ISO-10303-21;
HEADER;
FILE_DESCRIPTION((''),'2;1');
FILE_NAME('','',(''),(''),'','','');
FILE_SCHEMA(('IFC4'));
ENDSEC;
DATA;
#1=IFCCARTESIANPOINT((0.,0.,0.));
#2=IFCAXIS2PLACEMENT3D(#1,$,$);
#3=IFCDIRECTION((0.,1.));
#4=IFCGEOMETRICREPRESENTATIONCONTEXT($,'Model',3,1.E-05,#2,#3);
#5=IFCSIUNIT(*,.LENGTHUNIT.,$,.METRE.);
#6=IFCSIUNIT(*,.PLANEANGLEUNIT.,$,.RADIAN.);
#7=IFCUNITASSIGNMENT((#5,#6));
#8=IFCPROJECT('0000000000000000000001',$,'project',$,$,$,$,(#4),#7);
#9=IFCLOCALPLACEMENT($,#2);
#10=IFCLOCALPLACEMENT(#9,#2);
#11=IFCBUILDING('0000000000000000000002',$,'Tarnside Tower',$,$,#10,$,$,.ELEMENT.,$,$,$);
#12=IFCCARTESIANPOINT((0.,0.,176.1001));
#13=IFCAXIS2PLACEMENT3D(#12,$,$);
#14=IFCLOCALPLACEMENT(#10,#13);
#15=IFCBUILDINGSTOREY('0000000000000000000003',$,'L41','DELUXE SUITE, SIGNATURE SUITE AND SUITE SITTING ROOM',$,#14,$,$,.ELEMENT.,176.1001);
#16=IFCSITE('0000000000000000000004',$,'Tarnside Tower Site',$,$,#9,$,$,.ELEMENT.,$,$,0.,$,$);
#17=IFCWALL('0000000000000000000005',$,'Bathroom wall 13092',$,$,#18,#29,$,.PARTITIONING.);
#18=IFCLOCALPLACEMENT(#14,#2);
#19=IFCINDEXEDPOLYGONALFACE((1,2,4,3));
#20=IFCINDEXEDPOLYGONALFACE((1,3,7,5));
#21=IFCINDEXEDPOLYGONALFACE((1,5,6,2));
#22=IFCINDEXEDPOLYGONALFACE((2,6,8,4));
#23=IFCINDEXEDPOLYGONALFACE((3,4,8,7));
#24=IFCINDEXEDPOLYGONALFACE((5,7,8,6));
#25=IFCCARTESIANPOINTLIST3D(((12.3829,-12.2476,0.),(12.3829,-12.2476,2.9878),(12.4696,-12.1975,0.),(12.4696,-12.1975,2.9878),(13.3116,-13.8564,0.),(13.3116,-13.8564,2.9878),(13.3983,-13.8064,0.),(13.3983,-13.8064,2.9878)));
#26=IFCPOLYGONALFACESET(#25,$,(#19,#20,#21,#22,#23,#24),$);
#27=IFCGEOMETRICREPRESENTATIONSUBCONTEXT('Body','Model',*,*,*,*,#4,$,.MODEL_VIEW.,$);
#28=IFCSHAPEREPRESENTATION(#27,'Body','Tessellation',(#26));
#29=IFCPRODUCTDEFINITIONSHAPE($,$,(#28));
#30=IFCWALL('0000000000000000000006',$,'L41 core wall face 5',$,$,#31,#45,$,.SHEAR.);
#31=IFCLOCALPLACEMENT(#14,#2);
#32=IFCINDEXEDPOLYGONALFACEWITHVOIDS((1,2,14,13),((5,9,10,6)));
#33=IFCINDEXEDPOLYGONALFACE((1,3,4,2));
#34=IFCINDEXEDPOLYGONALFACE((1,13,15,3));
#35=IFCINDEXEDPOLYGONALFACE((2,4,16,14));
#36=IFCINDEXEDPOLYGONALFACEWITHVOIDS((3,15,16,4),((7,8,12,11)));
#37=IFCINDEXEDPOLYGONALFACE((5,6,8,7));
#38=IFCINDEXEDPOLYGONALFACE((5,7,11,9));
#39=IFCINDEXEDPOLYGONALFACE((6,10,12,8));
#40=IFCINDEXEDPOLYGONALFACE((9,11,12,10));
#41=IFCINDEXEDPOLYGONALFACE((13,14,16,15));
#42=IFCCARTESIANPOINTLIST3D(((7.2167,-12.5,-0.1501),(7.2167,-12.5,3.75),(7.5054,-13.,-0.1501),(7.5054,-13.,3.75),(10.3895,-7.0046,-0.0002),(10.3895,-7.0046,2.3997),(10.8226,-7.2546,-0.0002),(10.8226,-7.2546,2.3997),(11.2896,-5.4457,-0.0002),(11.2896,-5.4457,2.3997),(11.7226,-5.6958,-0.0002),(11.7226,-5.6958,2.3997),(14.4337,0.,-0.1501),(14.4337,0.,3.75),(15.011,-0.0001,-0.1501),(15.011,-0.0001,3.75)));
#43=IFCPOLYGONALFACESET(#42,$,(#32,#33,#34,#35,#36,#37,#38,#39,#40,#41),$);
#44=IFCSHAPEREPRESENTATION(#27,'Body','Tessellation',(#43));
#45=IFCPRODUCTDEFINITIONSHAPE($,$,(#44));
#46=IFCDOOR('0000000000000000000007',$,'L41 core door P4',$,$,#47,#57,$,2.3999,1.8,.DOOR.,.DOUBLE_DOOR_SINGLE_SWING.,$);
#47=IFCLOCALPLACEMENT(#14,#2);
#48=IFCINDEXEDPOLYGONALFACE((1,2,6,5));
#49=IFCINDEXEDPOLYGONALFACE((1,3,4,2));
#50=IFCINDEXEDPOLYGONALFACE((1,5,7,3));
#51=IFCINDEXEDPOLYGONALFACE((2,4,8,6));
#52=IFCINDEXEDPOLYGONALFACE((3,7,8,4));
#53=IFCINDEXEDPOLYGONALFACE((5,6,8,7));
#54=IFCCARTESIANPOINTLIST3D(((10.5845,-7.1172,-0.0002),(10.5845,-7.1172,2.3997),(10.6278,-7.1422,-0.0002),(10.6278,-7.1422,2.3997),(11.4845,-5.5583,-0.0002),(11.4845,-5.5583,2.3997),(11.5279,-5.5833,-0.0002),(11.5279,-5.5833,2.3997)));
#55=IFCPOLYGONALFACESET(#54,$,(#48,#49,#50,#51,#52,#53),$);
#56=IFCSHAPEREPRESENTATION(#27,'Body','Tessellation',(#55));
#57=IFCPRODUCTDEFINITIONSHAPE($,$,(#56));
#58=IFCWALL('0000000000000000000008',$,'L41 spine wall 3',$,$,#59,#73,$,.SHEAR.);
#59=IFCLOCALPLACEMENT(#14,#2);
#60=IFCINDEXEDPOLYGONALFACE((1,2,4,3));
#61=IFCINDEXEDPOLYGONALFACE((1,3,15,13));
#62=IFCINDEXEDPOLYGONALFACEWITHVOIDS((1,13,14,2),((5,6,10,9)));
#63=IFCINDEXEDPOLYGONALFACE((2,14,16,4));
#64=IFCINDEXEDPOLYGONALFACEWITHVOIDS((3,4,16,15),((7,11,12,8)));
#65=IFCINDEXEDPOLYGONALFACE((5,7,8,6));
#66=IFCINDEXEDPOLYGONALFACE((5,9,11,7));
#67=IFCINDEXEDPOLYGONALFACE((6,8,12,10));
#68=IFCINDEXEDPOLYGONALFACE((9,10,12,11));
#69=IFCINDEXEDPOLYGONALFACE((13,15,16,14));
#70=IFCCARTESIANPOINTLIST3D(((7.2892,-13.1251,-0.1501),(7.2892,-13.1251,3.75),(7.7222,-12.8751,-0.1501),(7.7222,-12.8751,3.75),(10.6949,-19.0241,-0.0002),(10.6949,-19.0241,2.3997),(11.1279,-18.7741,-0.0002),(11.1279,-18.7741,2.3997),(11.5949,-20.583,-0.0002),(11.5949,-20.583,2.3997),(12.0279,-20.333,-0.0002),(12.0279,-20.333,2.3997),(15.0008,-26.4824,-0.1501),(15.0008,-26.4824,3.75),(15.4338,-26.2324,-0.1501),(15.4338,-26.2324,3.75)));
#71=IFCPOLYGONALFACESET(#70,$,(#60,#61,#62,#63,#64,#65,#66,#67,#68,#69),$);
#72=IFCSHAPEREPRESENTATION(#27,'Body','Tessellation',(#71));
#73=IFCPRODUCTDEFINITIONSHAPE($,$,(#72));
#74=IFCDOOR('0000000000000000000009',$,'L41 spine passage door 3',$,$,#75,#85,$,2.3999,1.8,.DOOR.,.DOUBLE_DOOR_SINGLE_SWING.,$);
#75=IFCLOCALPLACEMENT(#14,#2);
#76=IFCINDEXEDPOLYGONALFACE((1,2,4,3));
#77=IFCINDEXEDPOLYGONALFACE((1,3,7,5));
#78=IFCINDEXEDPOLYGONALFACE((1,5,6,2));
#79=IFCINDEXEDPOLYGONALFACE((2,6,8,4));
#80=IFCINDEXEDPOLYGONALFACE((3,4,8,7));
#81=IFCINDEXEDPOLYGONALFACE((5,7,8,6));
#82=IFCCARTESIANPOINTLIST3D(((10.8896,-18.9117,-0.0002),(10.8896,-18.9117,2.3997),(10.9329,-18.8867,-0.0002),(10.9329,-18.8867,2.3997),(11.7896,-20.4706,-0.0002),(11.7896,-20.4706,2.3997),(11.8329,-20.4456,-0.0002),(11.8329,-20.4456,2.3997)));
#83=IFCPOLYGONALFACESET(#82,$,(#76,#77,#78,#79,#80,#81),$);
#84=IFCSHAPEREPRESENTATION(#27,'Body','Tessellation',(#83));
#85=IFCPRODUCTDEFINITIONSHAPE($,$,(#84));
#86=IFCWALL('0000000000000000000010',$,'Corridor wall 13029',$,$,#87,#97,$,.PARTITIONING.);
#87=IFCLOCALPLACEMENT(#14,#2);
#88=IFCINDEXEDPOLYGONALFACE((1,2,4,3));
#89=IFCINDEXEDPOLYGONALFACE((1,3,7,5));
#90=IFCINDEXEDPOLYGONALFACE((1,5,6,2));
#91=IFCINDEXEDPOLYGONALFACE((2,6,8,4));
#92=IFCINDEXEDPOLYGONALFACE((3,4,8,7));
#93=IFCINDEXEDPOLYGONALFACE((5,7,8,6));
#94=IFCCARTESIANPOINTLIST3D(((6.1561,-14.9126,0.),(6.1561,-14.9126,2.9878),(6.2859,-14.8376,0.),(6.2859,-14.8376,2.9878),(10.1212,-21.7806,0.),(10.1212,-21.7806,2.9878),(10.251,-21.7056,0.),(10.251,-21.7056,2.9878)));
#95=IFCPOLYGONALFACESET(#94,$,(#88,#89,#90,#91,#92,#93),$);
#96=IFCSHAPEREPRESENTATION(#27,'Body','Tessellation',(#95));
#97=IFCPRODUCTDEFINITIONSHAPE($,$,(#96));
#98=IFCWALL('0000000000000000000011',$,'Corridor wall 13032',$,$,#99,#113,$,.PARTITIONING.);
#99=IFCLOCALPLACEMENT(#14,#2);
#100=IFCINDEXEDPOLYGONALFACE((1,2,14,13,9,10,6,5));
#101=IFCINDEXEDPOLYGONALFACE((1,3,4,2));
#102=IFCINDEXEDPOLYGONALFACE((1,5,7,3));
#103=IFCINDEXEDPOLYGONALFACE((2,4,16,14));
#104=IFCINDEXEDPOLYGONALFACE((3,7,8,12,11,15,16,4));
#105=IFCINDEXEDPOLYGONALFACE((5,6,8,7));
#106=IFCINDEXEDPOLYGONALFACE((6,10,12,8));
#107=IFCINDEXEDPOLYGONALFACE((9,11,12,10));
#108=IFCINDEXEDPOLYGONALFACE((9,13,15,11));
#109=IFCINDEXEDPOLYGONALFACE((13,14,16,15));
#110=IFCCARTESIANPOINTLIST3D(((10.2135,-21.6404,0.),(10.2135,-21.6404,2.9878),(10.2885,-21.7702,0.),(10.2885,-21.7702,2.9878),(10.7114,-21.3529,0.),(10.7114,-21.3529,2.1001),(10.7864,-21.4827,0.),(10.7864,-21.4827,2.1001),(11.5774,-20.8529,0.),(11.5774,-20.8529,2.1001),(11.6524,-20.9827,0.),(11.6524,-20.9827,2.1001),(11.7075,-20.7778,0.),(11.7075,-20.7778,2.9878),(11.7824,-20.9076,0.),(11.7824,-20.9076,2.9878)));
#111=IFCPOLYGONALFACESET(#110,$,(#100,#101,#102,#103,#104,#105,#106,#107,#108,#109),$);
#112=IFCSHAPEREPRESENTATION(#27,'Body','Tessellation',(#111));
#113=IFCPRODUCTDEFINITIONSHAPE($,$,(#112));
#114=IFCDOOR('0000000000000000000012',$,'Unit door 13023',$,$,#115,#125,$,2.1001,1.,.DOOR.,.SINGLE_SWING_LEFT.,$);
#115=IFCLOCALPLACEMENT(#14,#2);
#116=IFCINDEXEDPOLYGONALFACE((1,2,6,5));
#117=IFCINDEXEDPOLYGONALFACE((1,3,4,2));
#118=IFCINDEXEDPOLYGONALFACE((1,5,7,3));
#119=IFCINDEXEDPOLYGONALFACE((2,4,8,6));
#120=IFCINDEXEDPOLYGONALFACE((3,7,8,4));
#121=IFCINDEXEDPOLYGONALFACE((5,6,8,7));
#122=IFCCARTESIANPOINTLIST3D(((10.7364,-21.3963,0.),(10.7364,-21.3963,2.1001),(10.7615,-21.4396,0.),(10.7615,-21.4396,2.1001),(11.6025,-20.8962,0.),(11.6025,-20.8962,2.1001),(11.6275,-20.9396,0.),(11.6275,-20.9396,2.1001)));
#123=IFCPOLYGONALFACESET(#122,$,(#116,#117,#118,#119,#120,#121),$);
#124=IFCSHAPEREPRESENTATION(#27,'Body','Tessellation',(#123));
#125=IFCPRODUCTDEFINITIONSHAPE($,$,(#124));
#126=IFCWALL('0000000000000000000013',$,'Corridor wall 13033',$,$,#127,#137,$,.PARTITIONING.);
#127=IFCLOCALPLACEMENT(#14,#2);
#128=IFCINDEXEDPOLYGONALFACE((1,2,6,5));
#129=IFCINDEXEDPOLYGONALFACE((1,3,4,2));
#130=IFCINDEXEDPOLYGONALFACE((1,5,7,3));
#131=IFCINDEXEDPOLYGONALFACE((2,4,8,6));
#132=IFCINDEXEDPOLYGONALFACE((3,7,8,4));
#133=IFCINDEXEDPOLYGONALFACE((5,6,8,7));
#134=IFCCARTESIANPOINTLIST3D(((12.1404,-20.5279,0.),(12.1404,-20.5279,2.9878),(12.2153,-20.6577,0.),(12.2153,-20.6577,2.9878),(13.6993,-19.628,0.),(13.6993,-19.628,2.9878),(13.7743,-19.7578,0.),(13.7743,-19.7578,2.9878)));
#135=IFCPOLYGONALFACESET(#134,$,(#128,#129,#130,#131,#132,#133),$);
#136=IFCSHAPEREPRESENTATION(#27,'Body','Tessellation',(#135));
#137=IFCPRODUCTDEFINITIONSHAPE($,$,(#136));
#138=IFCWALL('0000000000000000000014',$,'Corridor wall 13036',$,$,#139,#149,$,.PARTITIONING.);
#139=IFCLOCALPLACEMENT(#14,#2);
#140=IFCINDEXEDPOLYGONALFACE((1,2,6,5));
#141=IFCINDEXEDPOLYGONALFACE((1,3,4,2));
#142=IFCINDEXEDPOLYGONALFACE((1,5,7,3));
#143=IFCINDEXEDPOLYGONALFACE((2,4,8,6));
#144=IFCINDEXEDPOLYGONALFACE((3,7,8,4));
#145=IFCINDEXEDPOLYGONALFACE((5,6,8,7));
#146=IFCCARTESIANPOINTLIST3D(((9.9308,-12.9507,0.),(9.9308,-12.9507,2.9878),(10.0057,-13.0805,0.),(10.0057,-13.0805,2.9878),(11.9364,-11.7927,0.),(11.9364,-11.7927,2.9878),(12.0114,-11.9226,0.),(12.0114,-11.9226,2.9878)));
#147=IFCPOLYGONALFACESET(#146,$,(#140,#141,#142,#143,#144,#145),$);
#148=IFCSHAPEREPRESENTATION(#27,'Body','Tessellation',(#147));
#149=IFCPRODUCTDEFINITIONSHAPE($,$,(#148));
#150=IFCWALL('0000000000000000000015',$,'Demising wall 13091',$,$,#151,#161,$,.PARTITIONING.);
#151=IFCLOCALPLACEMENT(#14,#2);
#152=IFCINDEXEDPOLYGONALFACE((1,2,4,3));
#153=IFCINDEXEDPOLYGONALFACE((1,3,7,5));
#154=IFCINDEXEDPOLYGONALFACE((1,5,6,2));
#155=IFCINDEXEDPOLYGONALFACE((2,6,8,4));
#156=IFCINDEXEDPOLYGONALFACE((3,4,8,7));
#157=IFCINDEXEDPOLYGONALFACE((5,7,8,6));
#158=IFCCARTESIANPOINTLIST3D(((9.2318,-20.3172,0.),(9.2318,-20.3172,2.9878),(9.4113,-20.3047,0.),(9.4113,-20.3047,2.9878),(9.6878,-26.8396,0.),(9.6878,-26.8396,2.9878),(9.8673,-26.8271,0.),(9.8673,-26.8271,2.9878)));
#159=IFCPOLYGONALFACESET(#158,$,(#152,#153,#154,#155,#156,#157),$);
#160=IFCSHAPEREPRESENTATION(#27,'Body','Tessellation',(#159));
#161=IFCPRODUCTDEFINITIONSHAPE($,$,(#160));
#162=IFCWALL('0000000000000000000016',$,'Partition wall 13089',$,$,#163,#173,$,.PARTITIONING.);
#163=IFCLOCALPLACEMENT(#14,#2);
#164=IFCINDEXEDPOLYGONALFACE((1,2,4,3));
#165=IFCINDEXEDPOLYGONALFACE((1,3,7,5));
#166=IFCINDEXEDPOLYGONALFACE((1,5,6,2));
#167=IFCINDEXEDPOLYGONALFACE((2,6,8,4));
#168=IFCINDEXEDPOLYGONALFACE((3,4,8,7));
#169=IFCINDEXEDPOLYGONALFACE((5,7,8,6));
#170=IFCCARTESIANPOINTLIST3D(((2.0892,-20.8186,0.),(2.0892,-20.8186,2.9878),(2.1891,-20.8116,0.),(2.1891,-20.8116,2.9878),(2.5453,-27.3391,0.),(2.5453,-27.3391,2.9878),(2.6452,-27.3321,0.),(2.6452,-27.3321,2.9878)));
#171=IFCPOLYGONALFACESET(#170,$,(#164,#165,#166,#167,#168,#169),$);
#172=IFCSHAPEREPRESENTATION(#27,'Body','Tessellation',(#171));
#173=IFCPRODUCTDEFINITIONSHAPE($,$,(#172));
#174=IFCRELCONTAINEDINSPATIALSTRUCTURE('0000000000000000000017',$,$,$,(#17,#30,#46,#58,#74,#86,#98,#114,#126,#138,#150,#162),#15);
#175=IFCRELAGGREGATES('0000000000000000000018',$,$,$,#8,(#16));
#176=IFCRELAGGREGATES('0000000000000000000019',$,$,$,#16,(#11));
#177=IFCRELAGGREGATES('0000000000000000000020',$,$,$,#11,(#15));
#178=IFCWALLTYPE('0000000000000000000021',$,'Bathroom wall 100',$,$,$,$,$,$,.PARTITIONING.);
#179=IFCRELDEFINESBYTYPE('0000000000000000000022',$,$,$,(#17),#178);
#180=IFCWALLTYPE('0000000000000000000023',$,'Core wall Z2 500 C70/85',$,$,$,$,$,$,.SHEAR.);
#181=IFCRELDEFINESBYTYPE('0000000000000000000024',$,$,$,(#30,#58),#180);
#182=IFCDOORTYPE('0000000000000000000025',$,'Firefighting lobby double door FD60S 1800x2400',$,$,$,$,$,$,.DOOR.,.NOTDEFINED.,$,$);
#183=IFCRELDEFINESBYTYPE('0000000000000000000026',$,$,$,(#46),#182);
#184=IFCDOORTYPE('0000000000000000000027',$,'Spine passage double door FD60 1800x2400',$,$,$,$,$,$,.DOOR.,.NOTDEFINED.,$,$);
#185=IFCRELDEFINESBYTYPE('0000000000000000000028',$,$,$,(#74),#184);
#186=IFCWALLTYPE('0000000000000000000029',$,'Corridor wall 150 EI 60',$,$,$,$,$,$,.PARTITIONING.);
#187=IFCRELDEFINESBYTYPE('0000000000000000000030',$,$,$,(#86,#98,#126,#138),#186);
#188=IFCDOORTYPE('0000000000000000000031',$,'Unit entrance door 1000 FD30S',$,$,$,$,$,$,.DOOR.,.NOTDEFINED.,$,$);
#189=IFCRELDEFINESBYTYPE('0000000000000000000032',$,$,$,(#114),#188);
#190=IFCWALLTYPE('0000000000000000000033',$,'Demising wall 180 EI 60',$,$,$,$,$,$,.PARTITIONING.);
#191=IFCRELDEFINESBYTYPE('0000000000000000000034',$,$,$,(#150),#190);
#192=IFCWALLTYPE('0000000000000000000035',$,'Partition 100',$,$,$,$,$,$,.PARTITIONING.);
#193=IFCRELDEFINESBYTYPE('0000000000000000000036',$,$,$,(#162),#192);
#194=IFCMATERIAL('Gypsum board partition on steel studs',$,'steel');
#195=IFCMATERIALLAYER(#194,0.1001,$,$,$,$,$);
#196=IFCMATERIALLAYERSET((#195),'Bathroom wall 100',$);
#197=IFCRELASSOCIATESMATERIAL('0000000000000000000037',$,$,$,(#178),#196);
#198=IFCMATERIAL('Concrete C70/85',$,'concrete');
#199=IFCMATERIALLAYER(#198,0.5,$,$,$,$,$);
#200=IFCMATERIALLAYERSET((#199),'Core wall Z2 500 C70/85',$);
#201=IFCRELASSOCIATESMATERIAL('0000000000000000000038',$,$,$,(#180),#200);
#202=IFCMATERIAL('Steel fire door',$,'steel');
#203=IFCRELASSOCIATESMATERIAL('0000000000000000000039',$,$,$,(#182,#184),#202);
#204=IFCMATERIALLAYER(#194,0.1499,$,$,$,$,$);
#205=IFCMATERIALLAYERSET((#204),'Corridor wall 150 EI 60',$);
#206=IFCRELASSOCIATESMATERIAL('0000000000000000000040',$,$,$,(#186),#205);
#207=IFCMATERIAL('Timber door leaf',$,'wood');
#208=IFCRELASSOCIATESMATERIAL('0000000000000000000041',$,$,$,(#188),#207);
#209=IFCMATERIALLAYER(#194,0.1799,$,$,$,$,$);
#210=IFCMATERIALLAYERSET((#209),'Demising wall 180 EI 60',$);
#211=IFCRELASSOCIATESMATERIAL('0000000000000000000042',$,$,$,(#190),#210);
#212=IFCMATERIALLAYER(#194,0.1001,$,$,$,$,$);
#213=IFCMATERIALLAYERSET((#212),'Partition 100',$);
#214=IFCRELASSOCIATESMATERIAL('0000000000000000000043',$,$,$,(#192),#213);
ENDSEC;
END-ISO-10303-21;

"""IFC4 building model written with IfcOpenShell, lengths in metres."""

from ifc_helpers import new_model, si_unit, direction, frame, frame_2d, origin, place, context, subcontext, project, spatial, polyline, rectangle, outline, extrude, material, layer, layer_set, type_object, element, fill, save


model = new_model("IFC4")

# Units and contexts
model_context = context("Model", 3, precision=1e-05, world=origin(), true_north=direction((0.0, 1.0)))
body_context = subcontext(model_context, "Body", "Model", "MODEL_VIEW")
ifc_project = project(units=[si_unit("LENGTHUNIT", "METRE"), si_unit("PLANEANGLEUNIT", "RADIAN")], contexts=[model_context])

# Site, building, storey
site_placement = place(None, origin())
site = spatial("IfcSite", under=ifc_project, at=site_placement, Name="Tarnside Tower Site", CompositionType="ELEMENT", RefElevation=0.0)
building_placement = place(site_placement, origin())
building = spatial("IfcBuilding", under=site, at=building_placement, Name="Tarnside Tower", CompositionType="ELEMENT")
storey_placement = place(building_placement, frame((0.0, 0.0, 176.1001)))
storey = spatial("IfcBuildingStorey", under=building, at=storey_placement, Name="L41", Description="DELUXE SUITE, SIGNATURE SUITE AND SUITE SITTING ROOM", CompositionType="ELEMENT", Elevation=176.1001)

# Shared definitions
ifc_material_1 = material(Name="Gypsum board partition on steel studs", Category="steel")
ifc_layer_1 = layer(ifc_material_1, 0.1001)
ifc_layer_set_1 = layer_set([ifc_layer_1], Name="Bathroom wall 100")
wall_type_1 = type_object("IfcWallType", Name="Bathroom wall 100", PredefinedType="PARTITIONING", material=ifc_layer_set_1)
ifc_material_2 = material(Name="Timber door leaf", Category="wood")

# Wall
wall_1_placement = place(storey_placement, frame((12.4263, -12.2227, 0.0), z_axis=(0.0, 0.0, 1.0), x_axis=(0.499927, -0.866067, 0.0)))
element("IfcWall", 1, at=wall_1_placement, inside=storey, type_object=wall_type_1, Name="Bathroom wall 13092", PredefinedType="PARTITIONING", context=body_context, shape_type="SweptSolid", body=[
    extrude(rectangle(XDim=1.8577, YDim=0.1001, at=frame_2d((0.9287, 0.0))), origin(), (0.0, 0.0, 1.0), 2.9878),
])

# Walls, openings, doors
ifc_material_3 = material(Name="Concrete C70/85", Category="concrete")
ifc_layer_2 = layer(ifc_material_3, 0.5)
ifc_layer_set_2 = layer_set([ifc_layer_2], Name="Core wall Z2 500 C70/85")
wall_type_2 = type_object("IfcWallType", Name="Core wall Z2 500 C70/85", PredefinedType="SHEAR", material=ifc_layer_set_2)
wall_2_placement = place(storey_placement, frame((7.3611, -12.75, -0.1501), z_axis=(0.0, 0.0, 1.0), x_axis=(0.500006, 0.866022, 0.0)))
wall_2 = element("IfcWall", 2, at=wall_2_placement, inside=storey, type_object=wall_type_2, Name="L41 core wall face 5", PredefinedType="SHEAR", context=body_context, shape_type="SweptSolid", body=[
    extrude(outline(polyline([(-0.1443, -0.25), (14.8667, -0.25), (14.5781, 0.25), (0.1443, 0.25), (-0.1443, -0.25)])), origin(), (0.0, 0.0, 1.0), 3.9001),
])
opening_1_placement = place(wall_2_placement, frame((6.49, 0.0, 0.1499)))
opening_1 = element("IfcOpeningElement", 3, at=opening_1_placement, cuts=wall_2, PredefinedType="OPENING", context=body_context, shape_type="SweptSolid", body=[
    extrude(rectangle(XDim=1.8, YDim=2.3999, at=frame_2d((0.8999, 1.2))), frame((0.0, 0.26, 0.0), z_axis=(0.0, -1.0, 0.0), x_axis=(1.0, 0.0, 0.0)), (0.0, 0.0, 1.0), 0.52),
])
ifc_material_4 = material(Name="Steel fire door", Category="steel")
door_type_1 = type_object("IfcDoorType", Name="Firefighting lobby double door FD60S 1800x2400", OperationType="NOTDEFINED", PredefinedType="DOOR", material=ifc_material_4)
door_1_placement = place(opening_1_placement, origin())
door_1 = element("IfcDoor", 4, at=door_1_placement, inside=storey, type_object=door_type_1, Name="L41 core door P4", OperationType="DOUBLE_DOOR_SINGLE_SWING", OverallHeight=2.3999, OverallWidth=1.8, PredefinedType="DOOR", context=body_context, shape_type="SweptSolid", body=[
    extrude(rectangle(XDim=1.8, YDim=2.3999, at=frame_2d((0.8999, 1.2))), frame((0.0, 0.0249, 0.0), z_axis=(0.0, -1.0, 0.0), x_axis=(1.0, 0.0, 0.0)), (0.0, 0.0, 1.0), 0.05),
])
fill(opening_1, door_1)
wall_3_placement = place(storey_placement, frame((7.5056, -13.0, -0.1501), z_axis=(0.0, 0.0, 1.0), x_axis=(0.499988, -0.866032, 0.0)))
wall_3 = element("IfcWall", 5, at=wall_3_placement, inside=storey, type_object=wall_type_2, Name="L41 spine wall 3", PredefinedType="SHEAR", context=body_context, shape_type="SweptSolid", body=[
    extrude(rectangle(XDim=15.4236, YDim=0.5, at=frame_2d((7.7119, 0.0))), origin(), (0.0, 0.0, 1.0), 3.9001),
])
opening_2_placement = place(wall_3_placement, frame((6.8118, 0.0, 0.1499)))
opening_2 = element("IfcOpeningElement", 6, at=opening_2_placement, cuts=wall_3, PredefinedType="OPENING", context=body_context, shape_type="SweptSolid", body=[
    extrude(rectangle(XDim=1.8, YDim=2.3999, at=frame_2d((0.8999, 1.2))), frame((0.0, 0.26, 0.0), z_axis=(0.0, -1.0, 0.0), x_axis=(1.0, 0.0, 0.0)), (0.0, 0.0, 1.0), 0.52),
])
door_type_2 = type_object("IfcDoorType", Name="Spine passage double door FD60 1800x2400", OperationType="NOTDEFINED", PredefinedType="DOOR", material=ifc_material_4)
door_2_placement = place(opening_2_placement, origin())
door_2 = element("IfcDoor", 7, at=door_2_placement, inside=storey, type_object=door_type_2, Name="L41 spine passage door 3", OperationType="DOUBLE_DOOR_SINGLE_SWING", OverallHeight=2.3999, OverallWidth=1.8, PredefinedType="DOOR", context=body_context, shape_type="SweptSolid", body=[
    extrude(rectangle(XDim=1.8, YDim=2.3999, at=frame_2d((0.8999, 1.2))), frame((0.0, 0.0249, 0.0), z_axis=(0.0, -1.0, 0.0), x_axis=(1.0, 0.0, 0.0)), (0.0, 0.0, 1.0), 0.05),
])
fill(opening_2, door_2)

# Wall
ifc_layer_3 = layer(ifc_material_1, 0.1499)
ifc_layer_set_3 = layer_set([ifc_layer_3], Name="Corridor wall 150 EI 60")
wall_type_3 = type_object("IfcWallType", Name="Corridor wall 150 EI 60", PredefinedType="PARTITIONING", material=ifc_layer_set_3)
wall_4_placement = place(storey_placement, frame((6.2209, -14.875, 0.0), z_axis=(0.0, 0.0, 1.0), x_axis=(0.49999, -0.866031, 0.0)))
element("IfcWall", 8, at=wall_4_placement, inside=storey, type_object=wall_type_3, Name="Corridor wall 13029", PredefinedType="PARTITIONING", context=body_context, shape_type="SweptSolid", body=[
    extrude(rectangle(XDim=7.9304, YDim=0.1499, at=frame_2d((3.9653, 0.0))), origin(), (0.0, 0.0, 1.0), 2.9878),
])

# Wall, opening, door
wall_5_placement = place(storey_placement, frame((10.251, -21.7053, 0.0), z_axis=(0.0, 0.0, 1.0), x_axis=(0.866014, 0.500021, 0.0)))
wall_5 = element("IfcWall", 9, at=wall_5_placement, inside=storey, type_object=wall_type_3, Name="Corridor wall 13032", PredefinedType="PARTITIONING", context=body_context, shape_type="SweptSolid", body=[
    extrude(rectangle(XDim=1.7251, YDim=0.1499, at=frame_2d((0.8625, 0.0))), origin(), (0.0, 0.0, 1.0), 2.9878),
])
opening_3_placement = place(wall_5_placement, frame((0.575, 0.0, 0.0)))
opening_3 = element("IfcOpeningElement", 10, at=opening_3_placement, cuts=wall_5, PredefinedType="OPENING", context=body_context, shape_type="SweptSolid", body=[
    extrude(rectangle(XDim=1.0, YDim=2.1001, at=frame_2d((0.5, 1.05))), frame((0.0, 0.085, 0.0), z_axis=(0.0, -1.0, 0.0), x_axis=(1.0, 0.0, 0.0)), (0.0, 0.0, 1.0), 0.1699),
])
door_type_3 = type_object("IfcDoorType", Name="Unit entrance door 1000 FD30S", OperationType="NOTDEFINED", PredefinedType="DOOR", material=ifc_material_2)
door_3_placement = place(opening_3_placement, origin())
door_3 = element("IfcDoor", 11, at=door_3_placement, inside=storey, type_object=door_type_3, Name="Unit door 13023", OperationType="SINGLE_SWING_LEFT", OverallHeight=2.1001, OverallWidth=1.0, PredefinedType="DOOR", context=body_context, shape_type="SweptSolid", body=[
    extrude(rectangle(XDim=1.0, YDim=2.1001, at=frame_2d((0.5, 1.05))), frame((0.0, 0.0249, 0.0), z_axis=(0.0, -1.0, 0.0), x_axis=(1.0, 0.0, 0.0)), (0.0, 0.0, 1.0), 0.05),
])
fill(opening_3, door_3)

# Walls
wall_6_placement = place(storey_placement, frame((12.178, -20.5928, 0.0), z_axis=(0.0, 0.0, 1.0), x_axis=(0.866048, 0.499961, 0.0)))
element("IfcWall", 12, at=wall_6_placement, inside=storey, type_object=wall_type_3, Name="Corridor wall 13033", PredefinedType="PARTITIONING", context=body_context, shape_type="SweptSolid", body=[
    extrude(rectangle(XDim=1.8, YDim=0.1499, at=frame_2d((0.8999, 0.0))), origin(), (0.0, 0.0, 1.0), 2.9878),
])
wall_7_placement = place(storey_placement, frame((9.9683, -13.0156, 0.0), z_axis=(0.0, 0.0, 1.0), x_axis=(0.866022, 0.500005, 0.0)))
element("IfcWall", 13, at=wall_7_placement, inside=storey, type_object=wall_type_3, Name="Corridor wall 13036", PredefinedType="PARTITIONING", context=body_context, shape_type="SweptSolid", body=[
    extrude(rectangle(XDim=2.3159, YDim=0.1499, at=frame_2d((1.158, 0.0))), origin(), (0.0, 0.0, 1.0), 2.9878),
])
ifc_layer_4 = layer(ifc_material_1, 0.1799)
ifc_layer_set_4 = layer_set([ifc_layer_4], Name="Demising wall 180 EI 60")
wall_type_4 = type_object("IfcWallType", Name="Demising wall 180 EI 60", PredefinedType="PARTITIONING", material=ifc_layer_set_4)
wall_8_placement = place(storey_placement, frame((9.7776, -26.8333, 0.0), z_axis=(0.0, 0.0, 1.0), x_axis=(-0.06975, 0.997564, 0.0)))
element("IfcWall", 14, at=wall_8_placement, inside=storey, type_object=wall_type_4, Name="Demising wall 13091", PredefinedType="PARTITIONING", context=body_context, shape_type="SweptSolid", body=[
    extrude(rectangle(XDim=6.5383, YDim=0.1799, at=frame_2d((3.269, 0.0))), origin(), (0.0, 0.0, 1.0), 2.9878),
])
ifc_layer_5 = layer(ifc_material_1, 0.1001)
ifc_layer_set_5 = layer_set([ifc_layer_5], Name="Partition 100")
wall_type_5 = type_object("IfcWallType", Name="Partition 100", PredefinedType="PARTITIONING", material=ifc_layer_set_5)
wall_9_placement = place(storey_placement, frame((2.5952, -27.3354, 0.0), z_axis=(0.0, 0.0, 1.0), x_axis=(-0.069771, 0.997563, 0.0)))
element("IfcWall", 15, at=wall_9_placement, inside=storey, type_object=wall_type_5, Name="Partition wall 13089", PredefinedType="PARTITIONING", context=body_context, shape_type="SweptSolid", body=[
    extrude(rectangle(XDim=6.5364, YDim=0.1001, at=frame_2d((3.2681, 0.0))), origin(), (0.0, 0.0, 1.0), 2.9878),
])

save(model, "model.ifc")
